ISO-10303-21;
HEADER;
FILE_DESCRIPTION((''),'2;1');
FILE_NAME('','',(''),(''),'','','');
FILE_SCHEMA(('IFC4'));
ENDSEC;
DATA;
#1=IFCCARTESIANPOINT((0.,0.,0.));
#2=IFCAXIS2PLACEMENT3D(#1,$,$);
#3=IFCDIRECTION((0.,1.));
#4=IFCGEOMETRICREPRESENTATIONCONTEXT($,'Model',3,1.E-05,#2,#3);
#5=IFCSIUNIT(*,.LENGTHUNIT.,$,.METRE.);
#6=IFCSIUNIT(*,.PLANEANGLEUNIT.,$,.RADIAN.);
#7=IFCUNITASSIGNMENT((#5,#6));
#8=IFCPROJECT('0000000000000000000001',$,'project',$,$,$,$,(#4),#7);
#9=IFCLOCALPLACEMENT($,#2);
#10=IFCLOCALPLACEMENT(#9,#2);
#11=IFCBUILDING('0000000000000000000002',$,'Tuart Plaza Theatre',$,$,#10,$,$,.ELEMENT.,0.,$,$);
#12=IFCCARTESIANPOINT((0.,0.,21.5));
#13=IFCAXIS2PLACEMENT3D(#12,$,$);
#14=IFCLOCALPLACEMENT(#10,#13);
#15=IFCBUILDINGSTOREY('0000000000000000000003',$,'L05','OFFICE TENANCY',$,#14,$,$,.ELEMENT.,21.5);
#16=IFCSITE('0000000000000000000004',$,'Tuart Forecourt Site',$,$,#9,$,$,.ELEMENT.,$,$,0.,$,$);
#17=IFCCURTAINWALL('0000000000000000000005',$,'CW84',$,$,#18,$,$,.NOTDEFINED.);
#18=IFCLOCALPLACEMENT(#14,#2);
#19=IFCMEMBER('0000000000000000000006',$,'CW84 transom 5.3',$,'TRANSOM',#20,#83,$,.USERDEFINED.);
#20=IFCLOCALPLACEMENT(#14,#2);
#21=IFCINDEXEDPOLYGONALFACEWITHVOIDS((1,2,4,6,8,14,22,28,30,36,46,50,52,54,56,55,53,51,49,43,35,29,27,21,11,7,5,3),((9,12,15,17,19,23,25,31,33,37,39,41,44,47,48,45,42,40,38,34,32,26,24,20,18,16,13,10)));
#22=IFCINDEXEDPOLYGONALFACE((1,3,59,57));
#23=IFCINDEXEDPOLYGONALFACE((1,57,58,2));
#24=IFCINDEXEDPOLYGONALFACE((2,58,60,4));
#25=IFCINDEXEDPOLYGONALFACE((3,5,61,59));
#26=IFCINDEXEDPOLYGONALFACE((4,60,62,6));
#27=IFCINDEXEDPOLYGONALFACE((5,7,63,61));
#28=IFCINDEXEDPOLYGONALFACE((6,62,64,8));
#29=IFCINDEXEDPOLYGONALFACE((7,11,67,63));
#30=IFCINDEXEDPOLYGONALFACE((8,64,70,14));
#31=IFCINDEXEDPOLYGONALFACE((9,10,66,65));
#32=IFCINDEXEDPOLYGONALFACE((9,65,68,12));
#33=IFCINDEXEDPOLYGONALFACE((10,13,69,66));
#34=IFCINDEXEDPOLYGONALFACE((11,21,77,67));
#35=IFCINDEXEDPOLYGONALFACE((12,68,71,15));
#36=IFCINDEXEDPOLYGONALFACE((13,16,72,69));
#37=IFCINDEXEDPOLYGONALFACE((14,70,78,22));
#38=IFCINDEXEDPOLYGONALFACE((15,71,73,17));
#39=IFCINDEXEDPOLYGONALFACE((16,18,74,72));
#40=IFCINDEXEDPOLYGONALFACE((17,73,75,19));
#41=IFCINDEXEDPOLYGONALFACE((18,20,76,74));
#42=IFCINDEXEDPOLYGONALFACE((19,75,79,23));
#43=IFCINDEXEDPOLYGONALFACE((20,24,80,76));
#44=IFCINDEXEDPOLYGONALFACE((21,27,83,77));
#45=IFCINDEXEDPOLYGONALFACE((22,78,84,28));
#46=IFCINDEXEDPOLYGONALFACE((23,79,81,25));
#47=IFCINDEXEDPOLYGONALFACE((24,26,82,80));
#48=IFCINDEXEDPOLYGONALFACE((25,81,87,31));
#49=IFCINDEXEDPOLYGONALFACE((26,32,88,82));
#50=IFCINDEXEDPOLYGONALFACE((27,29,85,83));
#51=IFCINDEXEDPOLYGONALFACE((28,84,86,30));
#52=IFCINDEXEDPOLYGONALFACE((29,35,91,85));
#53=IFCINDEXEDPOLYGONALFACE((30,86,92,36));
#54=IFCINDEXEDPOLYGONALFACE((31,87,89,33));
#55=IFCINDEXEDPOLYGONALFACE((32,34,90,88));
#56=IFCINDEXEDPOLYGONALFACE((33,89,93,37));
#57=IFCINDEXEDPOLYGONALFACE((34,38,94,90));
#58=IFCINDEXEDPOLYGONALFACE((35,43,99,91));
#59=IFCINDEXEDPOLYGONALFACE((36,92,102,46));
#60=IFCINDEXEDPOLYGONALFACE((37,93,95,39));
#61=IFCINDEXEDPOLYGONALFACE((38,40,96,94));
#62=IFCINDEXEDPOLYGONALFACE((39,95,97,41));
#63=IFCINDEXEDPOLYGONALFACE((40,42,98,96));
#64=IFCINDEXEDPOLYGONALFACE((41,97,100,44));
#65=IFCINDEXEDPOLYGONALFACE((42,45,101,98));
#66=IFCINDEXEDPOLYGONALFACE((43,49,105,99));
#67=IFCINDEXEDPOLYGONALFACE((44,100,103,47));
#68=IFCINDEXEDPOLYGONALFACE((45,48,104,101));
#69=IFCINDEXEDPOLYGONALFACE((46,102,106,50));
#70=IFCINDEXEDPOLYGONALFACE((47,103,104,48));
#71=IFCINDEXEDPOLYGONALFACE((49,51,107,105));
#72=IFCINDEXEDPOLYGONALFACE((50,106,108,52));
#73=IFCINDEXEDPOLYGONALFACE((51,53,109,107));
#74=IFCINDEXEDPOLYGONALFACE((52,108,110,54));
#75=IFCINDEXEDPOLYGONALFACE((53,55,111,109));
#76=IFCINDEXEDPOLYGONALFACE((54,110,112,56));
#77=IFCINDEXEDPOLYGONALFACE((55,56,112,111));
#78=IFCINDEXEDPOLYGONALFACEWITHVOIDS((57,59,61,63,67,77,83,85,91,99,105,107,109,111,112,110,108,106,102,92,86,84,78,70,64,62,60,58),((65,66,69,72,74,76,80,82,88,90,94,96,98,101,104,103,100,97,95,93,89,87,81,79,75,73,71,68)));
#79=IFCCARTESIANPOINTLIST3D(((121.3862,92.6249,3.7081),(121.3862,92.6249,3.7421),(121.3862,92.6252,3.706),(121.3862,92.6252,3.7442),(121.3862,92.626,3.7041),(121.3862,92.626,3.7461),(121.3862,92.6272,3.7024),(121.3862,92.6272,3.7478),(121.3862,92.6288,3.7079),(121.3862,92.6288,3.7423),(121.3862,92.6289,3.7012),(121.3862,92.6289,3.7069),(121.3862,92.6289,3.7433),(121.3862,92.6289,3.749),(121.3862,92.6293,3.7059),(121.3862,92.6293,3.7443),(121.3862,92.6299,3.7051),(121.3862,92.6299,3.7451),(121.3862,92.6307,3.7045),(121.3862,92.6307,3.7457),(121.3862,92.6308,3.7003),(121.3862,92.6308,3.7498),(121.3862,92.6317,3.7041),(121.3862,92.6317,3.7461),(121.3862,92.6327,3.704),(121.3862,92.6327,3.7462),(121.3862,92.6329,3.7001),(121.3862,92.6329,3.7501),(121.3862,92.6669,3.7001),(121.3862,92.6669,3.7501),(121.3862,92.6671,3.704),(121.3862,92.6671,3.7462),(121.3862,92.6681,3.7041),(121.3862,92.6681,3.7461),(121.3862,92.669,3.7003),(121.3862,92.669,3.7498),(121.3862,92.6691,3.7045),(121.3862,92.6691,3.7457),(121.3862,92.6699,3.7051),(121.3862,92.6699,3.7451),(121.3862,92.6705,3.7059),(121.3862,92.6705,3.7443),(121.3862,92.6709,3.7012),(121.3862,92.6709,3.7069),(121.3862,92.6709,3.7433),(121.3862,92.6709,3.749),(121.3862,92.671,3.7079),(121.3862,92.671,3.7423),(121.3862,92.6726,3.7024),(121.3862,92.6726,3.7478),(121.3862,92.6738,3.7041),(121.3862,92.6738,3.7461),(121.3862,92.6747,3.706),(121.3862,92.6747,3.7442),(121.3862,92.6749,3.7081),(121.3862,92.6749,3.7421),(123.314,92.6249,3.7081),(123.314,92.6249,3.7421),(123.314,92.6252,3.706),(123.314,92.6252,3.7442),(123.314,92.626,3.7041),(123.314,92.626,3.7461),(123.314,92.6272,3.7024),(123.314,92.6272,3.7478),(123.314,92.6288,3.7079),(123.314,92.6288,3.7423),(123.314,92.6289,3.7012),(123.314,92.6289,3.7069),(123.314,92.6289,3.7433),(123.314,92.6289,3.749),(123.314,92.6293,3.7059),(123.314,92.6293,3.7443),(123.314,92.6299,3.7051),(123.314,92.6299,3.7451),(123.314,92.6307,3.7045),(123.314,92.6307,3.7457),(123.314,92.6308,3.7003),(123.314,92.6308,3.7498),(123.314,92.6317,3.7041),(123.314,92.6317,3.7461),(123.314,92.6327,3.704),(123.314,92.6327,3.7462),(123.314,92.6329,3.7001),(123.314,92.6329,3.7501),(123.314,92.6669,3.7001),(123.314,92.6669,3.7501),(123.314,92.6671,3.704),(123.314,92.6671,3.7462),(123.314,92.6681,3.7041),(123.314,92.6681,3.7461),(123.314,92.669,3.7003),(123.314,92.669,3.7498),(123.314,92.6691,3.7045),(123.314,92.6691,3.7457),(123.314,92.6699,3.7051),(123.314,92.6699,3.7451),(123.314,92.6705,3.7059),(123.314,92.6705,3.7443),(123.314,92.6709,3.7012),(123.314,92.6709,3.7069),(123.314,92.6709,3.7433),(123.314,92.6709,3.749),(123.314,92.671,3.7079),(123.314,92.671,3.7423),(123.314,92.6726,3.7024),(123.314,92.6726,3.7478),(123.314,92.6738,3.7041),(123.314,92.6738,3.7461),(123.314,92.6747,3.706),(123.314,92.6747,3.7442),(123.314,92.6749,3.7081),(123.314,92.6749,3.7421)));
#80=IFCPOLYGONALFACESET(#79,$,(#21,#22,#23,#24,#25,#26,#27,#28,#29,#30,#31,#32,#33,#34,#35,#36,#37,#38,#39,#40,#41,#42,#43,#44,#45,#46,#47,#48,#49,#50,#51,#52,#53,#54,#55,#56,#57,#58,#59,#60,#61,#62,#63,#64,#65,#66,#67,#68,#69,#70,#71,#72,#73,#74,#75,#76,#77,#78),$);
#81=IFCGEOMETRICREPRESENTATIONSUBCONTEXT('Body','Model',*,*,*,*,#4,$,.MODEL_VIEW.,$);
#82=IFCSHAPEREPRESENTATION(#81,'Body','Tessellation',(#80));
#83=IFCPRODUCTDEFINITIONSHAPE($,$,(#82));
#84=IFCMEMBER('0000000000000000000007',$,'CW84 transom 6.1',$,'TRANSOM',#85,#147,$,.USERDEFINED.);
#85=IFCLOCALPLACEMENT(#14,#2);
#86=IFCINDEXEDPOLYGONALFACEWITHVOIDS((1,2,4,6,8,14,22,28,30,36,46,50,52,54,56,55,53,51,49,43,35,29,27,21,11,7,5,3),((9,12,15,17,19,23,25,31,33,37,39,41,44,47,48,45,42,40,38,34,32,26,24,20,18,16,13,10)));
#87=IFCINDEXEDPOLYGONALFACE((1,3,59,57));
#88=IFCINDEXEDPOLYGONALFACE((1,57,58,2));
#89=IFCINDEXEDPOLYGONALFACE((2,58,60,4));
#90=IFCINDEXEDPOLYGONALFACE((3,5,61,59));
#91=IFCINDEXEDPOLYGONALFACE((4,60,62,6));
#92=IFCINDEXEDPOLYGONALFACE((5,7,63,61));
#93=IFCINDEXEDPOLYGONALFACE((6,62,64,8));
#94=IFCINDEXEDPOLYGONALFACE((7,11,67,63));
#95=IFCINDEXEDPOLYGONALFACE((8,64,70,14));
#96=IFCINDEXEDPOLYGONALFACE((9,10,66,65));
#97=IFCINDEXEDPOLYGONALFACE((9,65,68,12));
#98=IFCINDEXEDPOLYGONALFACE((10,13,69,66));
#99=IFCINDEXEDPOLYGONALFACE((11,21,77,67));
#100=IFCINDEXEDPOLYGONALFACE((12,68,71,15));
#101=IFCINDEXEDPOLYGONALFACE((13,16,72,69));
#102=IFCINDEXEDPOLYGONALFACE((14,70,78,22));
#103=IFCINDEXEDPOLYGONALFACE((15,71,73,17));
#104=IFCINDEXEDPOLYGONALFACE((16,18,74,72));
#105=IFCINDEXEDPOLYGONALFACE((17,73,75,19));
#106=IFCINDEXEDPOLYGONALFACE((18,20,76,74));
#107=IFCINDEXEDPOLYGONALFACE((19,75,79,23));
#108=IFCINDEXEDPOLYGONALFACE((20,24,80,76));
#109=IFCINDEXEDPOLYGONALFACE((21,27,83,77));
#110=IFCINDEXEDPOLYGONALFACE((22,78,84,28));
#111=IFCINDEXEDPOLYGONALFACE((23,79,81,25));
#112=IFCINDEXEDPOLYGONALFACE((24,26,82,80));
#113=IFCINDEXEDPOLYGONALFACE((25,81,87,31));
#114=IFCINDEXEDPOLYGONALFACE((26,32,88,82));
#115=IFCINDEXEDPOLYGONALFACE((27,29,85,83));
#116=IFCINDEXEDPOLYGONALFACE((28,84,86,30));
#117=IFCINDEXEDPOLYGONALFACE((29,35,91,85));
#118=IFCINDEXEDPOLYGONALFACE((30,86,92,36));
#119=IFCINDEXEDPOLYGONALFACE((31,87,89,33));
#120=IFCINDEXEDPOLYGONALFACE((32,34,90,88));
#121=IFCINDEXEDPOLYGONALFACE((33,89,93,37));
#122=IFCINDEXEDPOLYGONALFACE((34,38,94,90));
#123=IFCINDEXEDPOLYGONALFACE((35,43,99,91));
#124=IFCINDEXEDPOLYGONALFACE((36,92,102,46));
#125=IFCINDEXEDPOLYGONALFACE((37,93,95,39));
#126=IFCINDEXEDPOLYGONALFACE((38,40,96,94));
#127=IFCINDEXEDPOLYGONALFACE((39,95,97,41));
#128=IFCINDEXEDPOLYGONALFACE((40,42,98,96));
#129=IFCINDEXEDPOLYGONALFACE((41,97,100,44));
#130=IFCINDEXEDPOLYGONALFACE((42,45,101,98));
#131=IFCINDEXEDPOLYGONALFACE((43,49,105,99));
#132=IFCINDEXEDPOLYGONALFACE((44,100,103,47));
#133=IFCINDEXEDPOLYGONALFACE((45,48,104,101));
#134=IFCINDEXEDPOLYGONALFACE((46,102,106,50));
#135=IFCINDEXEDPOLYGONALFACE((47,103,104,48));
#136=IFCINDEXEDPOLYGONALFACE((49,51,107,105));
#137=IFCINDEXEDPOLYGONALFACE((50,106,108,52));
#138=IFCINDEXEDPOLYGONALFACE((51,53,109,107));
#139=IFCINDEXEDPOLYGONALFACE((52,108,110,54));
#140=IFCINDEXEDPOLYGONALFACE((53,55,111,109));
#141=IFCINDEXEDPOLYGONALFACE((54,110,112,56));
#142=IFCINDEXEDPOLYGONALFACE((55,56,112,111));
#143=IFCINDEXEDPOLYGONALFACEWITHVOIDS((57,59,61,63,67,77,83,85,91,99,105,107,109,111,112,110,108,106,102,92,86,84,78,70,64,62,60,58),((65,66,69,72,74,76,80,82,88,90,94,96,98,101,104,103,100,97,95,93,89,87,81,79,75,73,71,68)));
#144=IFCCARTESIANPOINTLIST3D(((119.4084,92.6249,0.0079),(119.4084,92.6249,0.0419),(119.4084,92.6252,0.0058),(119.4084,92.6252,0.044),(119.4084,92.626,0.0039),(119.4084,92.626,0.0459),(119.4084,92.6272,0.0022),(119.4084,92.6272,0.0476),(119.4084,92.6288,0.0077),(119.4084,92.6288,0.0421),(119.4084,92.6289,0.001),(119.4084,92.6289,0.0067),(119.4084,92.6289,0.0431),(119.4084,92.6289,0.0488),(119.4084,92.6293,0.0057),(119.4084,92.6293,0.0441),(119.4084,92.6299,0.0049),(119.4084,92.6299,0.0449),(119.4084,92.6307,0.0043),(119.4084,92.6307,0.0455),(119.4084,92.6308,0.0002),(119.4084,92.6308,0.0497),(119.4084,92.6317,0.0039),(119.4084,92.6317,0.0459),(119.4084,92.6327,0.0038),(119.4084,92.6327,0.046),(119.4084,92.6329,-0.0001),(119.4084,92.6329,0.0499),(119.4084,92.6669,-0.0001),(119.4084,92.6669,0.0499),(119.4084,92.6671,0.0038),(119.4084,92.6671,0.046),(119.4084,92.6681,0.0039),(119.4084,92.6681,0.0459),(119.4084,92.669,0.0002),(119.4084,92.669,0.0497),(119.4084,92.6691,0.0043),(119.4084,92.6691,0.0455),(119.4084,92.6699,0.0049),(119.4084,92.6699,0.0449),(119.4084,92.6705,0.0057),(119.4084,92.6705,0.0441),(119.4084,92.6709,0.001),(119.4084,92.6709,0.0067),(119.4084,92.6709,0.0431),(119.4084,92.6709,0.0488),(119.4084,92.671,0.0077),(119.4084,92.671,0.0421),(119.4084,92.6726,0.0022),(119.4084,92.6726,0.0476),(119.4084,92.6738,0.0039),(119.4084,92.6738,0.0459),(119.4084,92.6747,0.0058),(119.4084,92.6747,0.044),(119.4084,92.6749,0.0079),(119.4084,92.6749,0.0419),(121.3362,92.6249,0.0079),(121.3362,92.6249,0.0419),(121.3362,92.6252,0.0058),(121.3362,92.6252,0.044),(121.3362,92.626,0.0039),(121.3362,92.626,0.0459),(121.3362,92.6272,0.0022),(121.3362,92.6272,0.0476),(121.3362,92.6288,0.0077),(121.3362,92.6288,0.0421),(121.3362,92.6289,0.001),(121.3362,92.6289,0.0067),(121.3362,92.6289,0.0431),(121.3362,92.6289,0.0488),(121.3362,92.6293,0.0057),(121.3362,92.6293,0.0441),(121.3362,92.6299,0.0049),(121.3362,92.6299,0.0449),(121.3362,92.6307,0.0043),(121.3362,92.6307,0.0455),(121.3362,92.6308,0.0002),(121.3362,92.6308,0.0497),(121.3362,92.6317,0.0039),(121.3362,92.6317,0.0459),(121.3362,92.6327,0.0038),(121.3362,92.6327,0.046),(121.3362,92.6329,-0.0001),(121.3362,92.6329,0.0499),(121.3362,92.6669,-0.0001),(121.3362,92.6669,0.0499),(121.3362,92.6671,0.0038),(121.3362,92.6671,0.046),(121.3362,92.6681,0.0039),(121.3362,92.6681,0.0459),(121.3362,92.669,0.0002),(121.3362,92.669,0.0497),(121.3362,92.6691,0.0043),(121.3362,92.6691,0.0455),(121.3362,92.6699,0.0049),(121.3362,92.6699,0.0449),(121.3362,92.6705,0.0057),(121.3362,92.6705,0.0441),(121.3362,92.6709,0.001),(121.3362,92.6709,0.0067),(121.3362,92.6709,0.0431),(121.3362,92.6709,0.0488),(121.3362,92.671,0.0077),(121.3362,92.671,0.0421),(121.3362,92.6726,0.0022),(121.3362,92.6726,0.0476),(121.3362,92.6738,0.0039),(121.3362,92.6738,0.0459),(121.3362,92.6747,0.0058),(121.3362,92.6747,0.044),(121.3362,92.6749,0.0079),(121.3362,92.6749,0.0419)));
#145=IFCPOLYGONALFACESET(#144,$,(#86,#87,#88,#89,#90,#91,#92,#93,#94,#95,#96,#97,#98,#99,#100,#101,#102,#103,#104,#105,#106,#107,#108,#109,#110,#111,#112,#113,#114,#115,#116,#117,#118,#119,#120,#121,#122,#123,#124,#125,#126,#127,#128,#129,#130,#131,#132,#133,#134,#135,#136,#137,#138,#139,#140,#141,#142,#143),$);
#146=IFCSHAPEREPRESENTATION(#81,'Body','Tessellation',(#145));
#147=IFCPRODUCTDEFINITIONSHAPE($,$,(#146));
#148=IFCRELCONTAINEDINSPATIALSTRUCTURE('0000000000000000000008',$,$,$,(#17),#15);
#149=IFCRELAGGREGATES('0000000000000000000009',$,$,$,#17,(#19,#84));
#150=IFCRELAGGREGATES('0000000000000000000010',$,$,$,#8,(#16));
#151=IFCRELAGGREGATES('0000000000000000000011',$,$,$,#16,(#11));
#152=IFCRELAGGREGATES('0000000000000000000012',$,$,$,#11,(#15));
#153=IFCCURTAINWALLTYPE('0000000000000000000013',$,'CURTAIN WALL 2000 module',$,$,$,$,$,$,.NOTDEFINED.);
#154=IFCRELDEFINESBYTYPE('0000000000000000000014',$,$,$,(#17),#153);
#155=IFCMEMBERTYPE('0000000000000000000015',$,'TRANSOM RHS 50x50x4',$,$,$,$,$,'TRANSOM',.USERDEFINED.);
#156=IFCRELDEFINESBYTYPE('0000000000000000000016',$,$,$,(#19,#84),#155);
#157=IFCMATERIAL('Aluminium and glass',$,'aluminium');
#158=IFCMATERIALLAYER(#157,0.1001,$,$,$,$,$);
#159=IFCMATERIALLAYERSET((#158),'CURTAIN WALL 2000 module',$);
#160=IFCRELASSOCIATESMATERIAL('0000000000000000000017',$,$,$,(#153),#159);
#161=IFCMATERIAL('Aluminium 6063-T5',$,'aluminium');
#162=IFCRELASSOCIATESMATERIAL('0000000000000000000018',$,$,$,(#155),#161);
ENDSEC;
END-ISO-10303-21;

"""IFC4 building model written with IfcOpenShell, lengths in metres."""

from ifc_helpers import new_model, si_unit, direction, frame, origin, origin_2d, place, context, subcontext, project, spatial, hollow_rectangle, extrude, material, layer, layer_set, material_profile, profile_set, type_object, element, aggregate, save


model = new_model("IFC4")

# Units and contexts
model_context = context("Model", 3, precision=1e-05, world=origin(), true_north=direction((0.0, 1.0)))
body_context = subcontext(model_context, "Body", "Model", "MODEL_VIEW")
ifc_project = project(units=[si_unit("LENGTHUNIT", "METRE"), si_unit("PLANEANGLEUNIT", "RADIAN")], contexts=[model_context])

# Site, building, storey
site_placement = place(None, origin())
site = spatial("IfcSite", under=ifc_project, at=site_placement, Name="Tuart Forecourt Site", CompositionType="ELEMENT", RefElevation=0.0)
building_placement = place(site_placement, origin())
building = spatial("IfcBuilding", under=site, at=building_placement, Name="Tuart Plaza Theatre", CompositionType="ELEMENT", ElevationOfRefHeight=0.0)
storey_placement = place(building_placement, frame((0.0, 0.0, 21.5)))
storey = spatial("IfcBuildingStorey", under=building, at=storey_placement, Name="L05", Description="OFFICE TENANCY", CompositionType="ELEMENT", Elevation=21.5)

# Curtain wall, members
ifc_material_1 = material(Name="Aluminium and glass", Category="aluminium")
ifc_layer_1 = layer(ifc_material_1, 0.1001)
ifc_layer_set_1 = layer_set([ifc_layer_1], Name="CURTAIN WALL 2000 module")
curtain_wall_type = type_object("IfcCurtainWallType", Name="CURTAIN WALL 2000 module", PredefinedType="NOTDEFINED", material=ifc_layer_set_1)
curtain_wall_placement = place(storey_placement, origin())
curtain_wall = element("IfcCurtainWall", 1, at=curtain_wall_placement, inside=storey, type_object=curtain_wall_type, Name="CW84", PredefinedType="NOTDEFINED")
ifc_material_2 = material(Name="Aluminium 6063-T5", Category="aluminium")
ifc_material_profile_1 = material_profile(ifc_material_2, hollow_rectangle(XDim=0.05, YDim=0.05, WallThickness=0.0039, InnerFilletRadius=0.0039, OuterFilletRadius=0.0081, at=origin_2d()), Name="RHS 50x50x4")
ifc_profile_set_1 = profile_set([ifc_material_profile_1], Name="Aluminium 6063-T5")
member_type_1 = type_object("IfcMemberType", Name="TRANSOM RHS 50x50x4", ElementType="TRANSOM", PredefinedType="USERDEFINED", material=ifc_profile_set_1)
member_1_placement = place(storey_placement, frame((123.314, 92.6499, 3.7251), z_axis=(-1.0, 0.0, 0.0), x_axis=(0.0, -1.0, 0.0)))
member_1 = element("IfcMember", 2, at=member_1_placement, type_object=member_type_1, Name="CW84 transom 5.3", ObjectType="TRANSOM", PredefinedType="USERDEFINED", context=body_context, shape_type="SweptSolid", body=[
    extrude(hollow_rectangle(XDim=0.05, YDim=0.05, WallThickness=0.0039, InnerFilletRadius=0.0039, OuterFilletRadius=0.0081, at=origin_2d()), origin(), (0.0, 0.0, 1.0), 1.9277),
])
member_2_placement = place(storey_placement, frame((121.3362, 92.6499, 0.0249), z_axis=(-1.0, 0.0, 0.0), x_axis=(0.0, -1.0, 0.0)))
member_2 = element("IfcMember", 3, at=member_2_placement, type_object=member_type_1, Name="CW84 transom 6.1", ObjectType="TRANSOM", PredefinedType="USERDEFINED", context=body_context, shape_type="SweptSolid", body=[
    extrude(hollow_rectangle(XDim=0.05, YDim=0.05, WallThickness=0.0039, InnerFilletRadius=0.0039, OuterFilletRadius=0.0081, at=origin_2d()), origin(), (0.0, 0.0, 1.0), 1.9277),
])
aggregate(curtain_wall, [member_1, member_2])

save(model, "model.ifc")
